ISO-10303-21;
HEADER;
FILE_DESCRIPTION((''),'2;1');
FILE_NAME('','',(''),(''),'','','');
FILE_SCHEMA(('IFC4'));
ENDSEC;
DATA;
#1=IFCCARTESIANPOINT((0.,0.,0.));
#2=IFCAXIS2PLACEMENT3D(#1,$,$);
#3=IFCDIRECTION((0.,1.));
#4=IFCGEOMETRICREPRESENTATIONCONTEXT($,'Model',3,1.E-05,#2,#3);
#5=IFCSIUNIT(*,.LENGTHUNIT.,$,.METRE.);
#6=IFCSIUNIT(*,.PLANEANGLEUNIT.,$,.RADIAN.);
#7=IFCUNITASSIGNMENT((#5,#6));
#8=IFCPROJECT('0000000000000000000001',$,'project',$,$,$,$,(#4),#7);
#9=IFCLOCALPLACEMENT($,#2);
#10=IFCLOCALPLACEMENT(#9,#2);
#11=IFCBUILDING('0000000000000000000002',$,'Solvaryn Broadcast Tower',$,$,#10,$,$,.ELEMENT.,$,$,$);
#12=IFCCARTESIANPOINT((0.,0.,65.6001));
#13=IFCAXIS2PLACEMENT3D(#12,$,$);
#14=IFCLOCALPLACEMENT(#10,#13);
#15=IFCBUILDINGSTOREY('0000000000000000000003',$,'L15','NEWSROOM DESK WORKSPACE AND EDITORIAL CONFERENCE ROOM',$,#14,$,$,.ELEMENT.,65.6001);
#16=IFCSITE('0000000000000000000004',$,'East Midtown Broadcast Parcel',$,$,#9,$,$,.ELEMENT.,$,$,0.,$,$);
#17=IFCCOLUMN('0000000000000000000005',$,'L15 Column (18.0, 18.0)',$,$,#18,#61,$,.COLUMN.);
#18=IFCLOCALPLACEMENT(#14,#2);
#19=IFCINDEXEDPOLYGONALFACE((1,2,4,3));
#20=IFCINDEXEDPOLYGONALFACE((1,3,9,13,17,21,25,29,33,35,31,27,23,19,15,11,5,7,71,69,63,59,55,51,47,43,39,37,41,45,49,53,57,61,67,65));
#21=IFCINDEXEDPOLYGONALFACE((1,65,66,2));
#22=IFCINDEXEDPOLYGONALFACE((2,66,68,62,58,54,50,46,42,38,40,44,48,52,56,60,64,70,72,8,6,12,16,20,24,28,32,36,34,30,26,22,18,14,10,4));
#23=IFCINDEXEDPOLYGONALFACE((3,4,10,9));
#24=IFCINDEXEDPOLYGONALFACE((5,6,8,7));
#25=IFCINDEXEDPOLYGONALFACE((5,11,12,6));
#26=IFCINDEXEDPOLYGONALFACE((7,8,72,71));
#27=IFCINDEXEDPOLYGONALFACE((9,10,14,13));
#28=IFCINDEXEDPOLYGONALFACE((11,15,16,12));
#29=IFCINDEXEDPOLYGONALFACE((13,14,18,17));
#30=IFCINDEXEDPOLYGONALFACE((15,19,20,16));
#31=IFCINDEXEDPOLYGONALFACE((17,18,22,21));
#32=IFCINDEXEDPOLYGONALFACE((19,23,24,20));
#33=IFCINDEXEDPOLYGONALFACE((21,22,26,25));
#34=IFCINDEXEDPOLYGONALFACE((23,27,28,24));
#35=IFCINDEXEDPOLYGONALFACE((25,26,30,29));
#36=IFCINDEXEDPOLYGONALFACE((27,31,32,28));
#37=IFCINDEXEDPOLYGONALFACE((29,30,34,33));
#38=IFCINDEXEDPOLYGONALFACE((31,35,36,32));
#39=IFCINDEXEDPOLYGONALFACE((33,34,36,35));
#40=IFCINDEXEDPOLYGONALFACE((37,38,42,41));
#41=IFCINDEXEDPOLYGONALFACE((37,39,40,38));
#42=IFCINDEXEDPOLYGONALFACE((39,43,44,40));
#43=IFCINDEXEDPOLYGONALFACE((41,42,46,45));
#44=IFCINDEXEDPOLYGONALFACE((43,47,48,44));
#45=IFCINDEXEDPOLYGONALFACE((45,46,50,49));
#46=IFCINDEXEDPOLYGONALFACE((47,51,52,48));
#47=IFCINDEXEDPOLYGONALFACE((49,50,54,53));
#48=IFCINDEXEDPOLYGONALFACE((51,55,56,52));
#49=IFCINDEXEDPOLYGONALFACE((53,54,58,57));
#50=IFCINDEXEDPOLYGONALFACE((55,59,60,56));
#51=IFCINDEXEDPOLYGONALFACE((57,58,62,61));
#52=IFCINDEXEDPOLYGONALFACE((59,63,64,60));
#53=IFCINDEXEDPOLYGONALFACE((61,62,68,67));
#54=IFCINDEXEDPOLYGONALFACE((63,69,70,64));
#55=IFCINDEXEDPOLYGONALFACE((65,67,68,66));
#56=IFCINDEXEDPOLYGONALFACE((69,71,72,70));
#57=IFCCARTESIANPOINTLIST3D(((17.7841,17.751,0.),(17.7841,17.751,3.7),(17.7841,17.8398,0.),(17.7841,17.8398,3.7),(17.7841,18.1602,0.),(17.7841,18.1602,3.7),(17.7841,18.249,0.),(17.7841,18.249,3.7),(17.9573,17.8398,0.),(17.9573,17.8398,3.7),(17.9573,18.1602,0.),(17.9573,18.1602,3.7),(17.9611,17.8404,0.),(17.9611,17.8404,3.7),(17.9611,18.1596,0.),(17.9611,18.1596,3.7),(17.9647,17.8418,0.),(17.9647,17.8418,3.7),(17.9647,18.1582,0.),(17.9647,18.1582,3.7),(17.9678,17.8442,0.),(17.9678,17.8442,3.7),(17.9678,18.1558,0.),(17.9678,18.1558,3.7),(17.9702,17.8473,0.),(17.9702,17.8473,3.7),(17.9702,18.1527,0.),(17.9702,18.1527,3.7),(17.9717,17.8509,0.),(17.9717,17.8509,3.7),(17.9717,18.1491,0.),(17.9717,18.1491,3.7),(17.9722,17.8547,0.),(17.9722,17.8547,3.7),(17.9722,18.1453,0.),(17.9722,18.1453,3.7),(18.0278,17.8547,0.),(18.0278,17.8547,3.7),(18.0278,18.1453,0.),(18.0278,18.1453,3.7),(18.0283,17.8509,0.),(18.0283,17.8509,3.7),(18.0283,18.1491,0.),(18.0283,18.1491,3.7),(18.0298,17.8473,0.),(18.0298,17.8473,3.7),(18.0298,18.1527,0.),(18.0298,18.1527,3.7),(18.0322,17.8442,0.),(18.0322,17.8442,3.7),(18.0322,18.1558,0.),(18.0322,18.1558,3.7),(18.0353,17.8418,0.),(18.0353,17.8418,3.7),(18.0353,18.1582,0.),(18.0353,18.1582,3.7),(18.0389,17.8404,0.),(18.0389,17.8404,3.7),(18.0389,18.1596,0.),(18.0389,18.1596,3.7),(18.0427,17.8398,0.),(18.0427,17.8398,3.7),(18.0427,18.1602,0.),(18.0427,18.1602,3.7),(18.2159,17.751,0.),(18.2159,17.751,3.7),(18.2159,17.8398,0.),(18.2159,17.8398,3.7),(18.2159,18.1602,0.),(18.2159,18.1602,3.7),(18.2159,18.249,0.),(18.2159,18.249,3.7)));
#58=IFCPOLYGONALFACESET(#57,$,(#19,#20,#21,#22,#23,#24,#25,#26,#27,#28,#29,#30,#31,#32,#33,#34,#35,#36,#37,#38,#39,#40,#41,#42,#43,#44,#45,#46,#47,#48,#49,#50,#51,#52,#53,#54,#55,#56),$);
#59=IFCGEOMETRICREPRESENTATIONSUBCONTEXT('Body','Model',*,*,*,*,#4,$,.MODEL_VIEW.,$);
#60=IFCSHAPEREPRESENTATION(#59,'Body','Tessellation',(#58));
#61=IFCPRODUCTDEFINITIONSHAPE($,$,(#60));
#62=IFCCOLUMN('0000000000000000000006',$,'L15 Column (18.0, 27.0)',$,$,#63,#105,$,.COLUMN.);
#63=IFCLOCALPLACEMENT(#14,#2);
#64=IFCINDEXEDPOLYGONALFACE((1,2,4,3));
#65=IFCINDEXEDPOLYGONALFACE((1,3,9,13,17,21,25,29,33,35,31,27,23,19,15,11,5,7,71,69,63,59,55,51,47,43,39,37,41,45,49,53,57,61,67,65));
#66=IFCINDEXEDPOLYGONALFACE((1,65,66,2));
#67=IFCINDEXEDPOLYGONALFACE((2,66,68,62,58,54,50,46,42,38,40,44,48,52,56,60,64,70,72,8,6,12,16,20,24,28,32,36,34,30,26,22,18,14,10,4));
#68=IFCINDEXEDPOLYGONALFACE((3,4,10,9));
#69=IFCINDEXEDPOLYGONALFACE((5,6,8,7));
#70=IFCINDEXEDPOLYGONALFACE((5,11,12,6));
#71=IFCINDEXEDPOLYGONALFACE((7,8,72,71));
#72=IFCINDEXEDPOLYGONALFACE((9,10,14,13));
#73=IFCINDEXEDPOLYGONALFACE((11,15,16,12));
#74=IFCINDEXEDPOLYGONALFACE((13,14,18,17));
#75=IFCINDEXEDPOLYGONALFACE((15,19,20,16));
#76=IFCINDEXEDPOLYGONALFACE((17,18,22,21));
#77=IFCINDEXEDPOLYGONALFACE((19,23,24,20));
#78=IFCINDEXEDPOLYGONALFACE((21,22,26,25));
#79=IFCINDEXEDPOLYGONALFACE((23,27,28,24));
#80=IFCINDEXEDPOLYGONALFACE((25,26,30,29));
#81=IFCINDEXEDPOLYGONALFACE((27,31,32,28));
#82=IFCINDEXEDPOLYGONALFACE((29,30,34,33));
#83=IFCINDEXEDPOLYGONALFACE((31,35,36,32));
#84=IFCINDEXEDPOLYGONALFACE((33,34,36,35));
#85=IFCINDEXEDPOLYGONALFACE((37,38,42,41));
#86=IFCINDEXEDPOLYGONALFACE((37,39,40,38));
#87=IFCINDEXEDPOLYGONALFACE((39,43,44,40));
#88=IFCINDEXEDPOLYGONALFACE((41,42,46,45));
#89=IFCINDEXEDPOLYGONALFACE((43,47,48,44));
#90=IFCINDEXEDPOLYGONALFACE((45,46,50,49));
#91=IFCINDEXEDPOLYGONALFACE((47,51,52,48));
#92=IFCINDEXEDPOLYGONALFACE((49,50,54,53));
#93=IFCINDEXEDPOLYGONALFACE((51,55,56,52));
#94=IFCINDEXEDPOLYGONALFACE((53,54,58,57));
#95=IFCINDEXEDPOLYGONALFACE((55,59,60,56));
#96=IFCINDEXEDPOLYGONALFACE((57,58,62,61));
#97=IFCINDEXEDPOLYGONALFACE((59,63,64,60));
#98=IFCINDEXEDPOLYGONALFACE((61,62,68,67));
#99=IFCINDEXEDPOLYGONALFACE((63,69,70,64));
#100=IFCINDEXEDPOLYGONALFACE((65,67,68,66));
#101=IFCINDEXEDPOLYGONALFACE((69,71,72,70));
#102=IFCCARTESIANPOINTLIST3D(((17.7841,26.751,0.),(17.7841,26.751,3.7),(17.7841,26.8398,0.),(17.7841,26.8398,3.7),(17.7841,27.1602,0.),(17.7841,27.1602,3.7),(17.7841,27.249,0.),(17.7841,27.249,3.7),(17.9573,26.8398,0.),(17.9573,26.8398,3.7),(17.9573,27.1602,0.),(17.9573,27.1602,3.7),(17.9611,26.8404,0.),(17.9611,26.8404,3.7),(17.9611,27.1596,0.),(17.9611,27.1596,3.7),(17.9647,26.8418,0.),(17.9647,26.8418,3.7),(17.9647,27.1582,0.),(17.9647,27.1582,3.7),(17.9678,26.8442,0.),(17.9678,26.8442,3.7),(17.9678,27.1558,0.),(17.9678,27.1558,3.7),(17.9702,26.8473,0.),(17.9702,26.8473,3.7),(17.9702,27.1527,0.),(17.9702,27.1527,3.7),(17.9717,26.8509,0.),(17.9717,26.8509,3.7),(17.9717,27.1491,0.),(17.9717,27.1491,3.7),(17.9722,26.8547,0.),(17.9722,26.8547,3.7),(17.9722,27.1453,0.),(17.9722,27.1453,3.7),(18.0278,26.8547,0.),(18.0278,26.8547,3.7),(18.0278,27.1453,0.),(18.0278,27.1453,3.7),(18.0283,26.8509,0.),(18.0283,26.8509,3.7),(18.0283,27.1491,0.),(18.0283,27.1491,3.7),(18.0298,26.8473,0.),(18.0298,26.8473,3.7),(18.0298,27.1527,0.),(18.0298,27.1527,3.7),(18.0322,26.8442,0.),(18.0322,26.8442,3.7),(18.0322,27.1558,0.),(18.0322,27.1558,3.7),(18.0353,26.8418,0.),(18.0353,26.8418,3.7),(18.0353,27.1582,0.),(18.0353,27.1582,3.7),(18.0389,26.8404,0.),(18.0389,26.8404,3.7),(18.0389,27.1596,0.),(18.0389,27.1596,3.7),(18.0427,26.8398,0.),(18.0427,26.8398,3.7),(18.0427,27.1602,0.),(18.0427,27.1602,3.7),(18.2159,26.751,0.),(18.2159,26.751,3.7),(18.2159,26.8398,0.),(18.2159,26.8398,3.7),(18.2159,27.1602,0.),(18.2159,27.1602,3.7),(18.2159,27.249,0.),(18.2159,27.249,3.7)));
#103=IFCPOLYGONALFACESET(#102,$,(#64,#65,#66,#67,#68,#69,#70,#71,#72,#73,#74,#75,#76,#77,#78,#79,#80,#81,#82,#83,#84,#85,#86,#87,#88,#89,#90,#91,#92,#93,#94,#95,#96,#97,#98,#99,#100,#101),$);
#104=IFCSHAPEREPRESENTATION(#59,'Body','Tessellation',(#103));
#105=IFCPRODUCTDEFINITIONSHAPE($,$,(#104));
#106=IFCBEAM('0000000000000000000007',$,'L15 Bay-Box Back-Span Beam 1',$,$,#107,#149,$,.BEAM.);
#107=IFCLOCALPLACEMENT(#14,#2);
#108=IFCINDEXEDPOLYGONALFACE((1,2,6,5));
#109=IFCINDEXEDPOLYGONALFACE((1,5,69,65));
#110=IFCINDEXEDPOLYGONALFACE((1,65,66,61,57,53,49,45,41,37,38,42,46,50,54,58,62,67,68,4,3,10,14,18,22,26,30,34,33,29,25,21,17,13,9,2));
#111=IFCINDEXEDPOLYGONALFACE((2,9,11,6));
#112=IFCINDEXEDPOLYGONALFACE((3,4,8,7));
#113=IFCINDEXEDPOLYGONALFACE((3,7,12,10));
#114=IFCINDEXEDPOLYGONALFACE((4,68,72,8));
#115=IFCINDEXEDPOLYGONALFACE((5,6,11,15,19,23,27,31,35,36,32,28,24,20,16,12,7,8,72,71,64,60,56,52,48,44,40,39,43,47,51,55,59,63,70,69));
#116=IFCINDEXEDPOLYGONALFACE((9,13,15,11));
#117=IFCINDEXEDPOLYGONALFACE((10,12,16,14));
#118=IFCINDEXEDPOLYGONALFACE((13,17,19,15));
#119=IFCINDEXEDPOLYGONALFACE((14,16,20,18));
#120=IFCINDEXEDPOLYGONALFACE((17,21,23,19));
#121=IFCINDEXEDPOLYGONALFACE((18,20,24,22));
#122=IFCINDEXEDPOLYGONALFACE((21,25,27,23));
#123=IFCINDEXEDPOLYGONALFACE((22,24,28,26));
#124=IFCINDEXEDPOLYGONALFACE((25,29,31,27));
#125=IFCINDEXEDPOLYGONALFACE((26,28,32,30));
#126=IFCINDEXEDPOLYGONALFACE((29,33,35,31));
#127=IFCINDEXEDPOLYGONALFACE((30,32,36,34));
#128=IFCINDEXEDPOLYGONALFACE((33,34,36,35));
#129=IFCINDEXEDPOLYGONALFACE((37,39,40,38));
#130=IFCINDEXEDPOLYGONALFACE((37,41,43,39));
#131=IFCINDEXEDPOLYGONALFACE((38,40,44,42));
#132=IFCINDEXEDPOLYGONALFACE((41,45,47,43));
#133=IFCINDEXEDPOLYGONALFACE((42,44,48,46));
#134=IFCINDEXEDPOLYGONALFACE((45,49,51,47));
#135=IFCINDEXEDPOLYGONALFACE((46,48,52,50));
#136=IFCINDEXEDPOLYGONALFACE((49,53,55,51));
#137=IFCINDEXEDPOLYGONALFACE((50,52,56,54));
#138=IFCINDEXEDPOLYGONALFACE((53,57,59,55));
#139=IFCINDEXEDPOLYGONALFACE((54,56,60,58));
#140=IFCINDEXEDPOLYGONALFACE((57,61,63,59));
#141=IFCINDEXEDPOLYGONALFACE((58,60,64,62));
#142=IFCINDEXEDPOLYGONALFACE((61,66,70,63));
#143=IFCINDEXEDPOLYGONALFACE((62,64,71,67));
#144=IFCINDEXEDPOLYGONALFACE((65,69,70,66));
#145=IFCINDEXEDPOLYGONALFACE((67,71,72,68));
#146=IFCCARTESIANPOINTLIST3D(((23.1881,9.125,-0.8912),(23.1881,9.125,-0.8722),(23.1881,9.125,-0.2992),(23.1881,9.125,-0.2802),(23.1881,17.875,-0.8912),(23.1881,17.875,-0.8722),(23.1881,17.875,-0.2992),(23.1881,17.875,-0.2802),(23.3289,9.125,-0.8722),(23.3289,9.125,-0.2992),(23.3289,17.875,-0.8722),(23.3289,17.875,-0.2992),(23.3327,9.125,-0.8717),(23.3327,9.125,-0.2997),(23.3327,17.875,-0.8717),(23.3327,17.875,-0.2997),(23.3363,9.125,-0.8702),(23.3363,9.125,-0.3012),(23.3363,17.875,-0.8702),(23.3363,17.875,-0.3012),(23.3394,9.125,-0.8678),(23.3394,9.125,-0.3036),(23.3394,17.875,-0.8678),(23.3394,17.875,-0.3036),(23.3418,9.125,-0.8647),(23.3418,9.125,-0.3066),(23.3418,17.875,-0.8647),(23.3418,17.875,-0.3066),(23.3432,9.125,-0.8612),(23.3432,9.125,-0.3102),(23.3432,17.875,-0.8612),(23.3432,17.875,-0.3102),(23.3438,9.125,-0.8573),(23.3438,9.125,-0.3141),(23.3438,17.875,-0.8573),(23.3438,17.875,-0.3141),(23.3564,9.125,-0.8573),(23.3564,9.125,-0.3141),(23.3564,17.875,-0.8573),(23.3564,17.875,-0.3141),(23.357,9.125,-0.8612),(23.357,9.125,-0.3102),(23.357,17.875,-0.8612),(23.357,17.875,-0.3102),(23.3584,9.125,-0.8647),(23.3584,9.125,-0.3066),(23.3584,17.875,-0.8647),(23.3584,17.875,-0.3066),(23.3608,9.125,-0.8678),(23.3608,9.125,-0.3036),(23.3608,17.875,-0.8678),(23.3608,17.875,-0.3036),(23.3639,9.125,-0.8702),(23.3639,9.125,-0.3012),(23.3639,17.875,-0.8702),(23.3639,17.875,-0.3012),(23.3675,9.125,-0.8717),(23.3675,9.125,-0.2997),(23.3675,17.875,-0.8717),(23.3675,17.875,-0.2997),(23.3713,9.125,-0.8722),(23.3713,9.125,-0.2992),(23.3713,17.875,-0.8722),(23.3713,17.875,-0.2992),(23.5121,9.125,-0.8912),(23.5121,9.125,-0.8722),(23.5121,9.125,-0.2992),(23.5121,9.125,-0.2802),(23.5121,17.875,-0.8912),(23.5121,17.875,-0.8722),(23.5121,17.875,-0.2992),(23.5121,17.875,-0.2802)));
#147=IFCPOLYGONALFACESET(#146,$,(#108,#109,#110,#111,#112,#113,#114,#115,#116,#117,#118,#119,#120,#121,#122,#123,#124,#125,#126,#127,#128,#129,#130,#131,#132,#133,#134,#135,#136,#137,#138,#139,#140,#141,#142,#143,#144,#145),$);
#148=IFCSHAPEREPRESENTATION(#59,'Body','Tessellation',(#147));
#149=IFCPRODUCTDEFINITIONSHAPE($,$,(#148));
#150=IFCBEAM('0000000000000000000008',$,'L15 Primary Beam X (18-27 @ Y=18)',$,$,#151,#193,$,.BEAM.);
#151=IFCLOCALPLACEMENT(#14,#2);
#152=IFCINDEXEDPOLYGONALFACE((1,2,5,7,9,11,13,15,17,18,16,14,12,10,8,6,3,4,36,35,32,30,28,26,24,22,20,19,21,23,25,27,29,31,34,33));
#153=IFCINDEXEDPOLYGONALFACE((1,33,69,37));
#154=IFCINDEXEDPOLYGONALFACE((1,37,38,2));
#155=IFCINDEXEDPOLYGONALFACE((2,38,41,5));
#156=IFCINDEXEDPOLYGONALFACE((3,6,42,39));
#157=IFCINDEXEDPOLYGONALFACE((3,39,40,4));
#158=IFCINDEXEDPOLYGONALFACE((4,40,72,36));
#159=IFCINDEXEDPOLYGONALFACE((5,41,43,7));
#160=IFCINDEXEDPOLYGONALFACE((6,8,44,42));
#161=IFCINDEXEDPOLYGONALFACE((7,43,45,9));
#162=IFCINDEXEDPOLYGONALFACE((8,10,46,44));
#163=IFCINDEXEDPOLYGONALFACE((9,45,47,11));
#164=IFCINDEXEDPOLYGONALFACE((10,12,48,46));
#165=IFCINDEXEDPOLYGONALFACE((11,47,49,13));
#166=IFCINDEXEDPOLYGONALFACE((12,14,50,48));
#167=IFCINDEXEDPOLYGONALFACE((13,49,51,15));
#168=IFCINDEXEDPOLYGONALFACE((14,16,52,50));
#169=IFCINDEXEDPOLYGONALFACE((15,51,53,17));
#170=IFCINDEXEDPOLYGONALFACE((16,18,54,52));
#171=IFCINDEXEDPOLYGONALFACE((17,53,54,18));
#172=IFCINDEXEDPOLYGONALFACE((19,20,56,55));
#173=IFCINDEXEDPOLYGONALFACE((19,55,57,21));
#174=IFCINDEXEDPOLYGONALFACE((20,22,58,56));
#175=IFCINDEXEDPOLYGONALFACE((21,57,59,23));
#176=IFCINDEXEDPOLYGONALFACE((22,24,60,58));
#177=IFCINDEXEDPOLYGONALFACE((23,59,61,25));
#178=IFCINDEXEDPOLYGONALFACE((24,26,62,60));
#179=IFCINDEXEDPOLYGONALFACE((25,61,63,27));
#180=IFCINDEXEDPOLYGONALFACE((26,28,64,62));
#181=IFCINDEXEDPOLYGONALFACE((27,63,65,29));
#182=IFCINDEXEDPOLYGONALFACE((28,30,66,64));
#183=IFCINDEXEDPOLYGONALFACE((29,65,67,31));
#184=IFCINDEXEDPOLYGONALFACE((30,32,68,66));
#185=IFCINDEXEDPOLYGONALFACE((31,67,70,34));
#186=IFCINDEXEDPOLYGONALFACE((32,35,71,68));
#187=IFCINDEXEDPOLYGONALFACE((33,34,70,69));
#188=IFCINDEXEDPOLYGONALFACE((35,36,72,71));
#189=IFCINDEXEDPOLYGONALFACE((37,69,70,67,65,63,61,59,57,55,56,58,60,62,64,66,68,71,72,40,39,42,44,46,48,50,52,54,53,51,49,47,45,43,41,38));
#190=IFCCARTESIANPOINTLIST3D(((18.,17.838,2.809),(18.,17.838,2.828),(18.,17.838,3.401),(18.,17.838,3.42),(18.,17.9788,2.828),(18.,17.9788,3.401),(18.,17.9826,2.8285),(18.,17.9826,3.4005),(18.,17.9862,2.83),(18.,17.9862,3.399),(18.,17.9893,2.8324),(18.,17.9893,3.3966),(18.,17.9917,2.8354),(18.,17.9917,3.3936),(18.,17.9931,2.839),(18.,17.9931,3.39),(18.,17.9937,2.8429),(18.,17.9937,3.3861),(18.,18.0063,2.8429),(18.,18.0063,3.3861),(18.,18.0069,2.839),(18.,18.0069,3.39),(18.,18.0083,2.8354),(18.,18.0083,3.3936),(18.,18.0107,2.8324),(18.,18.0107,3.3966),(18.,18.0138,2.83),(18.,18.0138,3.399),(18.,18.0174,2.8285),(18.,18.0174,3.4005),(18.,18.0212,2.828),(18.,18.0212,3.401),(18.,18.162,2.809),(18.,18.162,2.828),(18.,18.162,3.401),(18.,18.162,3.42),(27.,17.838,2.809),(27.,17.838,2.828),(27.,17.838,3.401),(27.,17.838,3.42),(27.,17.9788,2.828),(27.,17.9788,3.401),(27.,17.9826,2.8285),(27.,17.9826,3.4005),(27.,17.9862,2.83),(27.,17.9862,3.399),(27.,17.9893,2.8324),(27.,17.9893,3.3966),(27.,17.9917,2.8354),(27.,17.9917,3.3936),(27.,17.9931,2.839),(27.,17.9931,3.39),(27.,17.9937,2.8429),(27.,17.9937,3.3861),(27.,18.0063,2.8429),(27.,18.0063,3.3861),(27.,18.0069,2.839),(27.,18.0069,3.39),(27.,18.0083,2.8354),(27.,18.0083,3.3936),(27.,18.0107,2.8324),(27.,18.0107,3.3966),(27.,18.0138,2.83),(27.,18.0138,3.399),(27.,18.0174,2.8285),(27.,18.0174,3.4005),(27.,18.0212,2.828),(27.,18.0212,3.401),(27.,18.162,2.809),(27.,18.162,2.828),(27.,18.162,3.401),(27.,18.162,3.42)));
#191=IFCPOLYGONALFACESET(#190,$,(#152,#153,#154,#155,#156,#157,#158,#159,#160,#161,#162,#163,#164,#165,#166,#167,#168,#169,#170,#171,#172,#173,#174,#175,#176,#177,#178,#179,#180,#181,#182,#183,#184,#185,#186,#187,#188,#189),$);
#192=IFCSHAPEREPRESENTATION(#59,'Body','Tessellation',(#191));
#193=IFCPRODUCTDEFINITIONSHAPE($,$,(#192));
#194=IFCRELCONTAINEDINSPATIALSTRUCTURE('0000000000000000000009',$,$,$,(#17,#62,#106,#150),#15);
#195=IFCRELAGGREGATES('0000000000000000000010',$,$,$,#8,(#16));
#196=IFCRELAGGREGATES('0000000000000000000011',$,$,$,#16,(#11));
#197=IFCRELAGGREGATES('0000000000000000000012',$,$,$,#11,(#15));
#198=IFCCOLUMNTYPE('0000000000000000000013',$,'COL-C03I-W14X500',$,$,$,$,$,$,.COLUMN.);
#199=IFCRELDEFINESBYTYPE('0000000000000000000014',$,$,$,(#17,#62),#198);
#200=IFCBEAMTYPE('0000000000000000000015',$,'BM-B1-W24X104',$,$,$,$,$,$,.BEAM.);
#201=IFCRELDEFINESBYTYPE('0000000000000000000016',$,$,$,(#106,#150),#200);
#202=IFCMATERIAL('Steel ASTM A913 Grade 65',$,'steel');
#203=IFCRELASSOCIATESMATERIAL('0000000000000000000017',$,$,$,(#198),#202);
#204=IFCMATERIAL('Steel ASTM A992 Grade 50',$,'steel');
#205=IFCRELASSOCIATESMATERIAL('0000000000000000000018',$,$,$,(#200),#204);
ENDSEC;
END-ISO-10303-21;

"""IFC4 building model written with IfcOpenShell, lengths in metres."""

from ifc_helpers import new_model, si_unit, direction, frame, origin, origin_2d, place, context, subcontext, project, spatial, i_section, extrude, material, material_profile, profile_set, type_object, element, save


model = new_model("IFC4")

# Units and contexts
model_context = context("Model", 3, precision=1e-05, world=origin(), true_north=direction((0.0, 1.0)))
body_context = subcontext(model_context, "Body", "Model", "MODEL_VIEW")
ifc_project = project(units=[si_unit("LENGTHUNIT", "METRE"), si_unit("PLANEANGLEUNIT", "RADIAN")], contexts=[model_context])

# Site, building, storey
site_placement = place(None, origin())
site = spatial("IfcSite", under=ifc_project, at=site_placement, Name="East Midtown Broadcast Parcel", CompositionType="ELEMENT", RefElevation=0.0)
building_placement = place(site_placement, origin())
building = spatial("IfcBuilding", under=site, at=building_placement, Name="Solvaryn Broadcast Tower", CompositionType="ELEMENT")
storey_placement = place(building_placement, frame((0.0, 0.0, 65.6001)))
storey = spatial("IfcBuildingStorey", under=building, at=storey_placement, Name="L15", Description="NEWSROOM DESK WORKSPACE AND EDITORIAL CONFERENCE ROOM", CompositionType="ELEMENT", Elevation=65.6001)

# Columns
ifc_material_1 = material(Name="Steel ASTM A913 Grade 65", Category="steel")
ifc_material_profile_1 = material_profile(ifc_material_1, i_section(OverallWidth=0.4319, OverallDepth=0.498, WebThickness=0.0557, FlangeThickness=0.0889, FilletRadius=0.0149, at=origin_2d()))
ifc_profile_set_1 = profile_set([ifc_material_profile_1], Name="Steel ASTM A913 Grade 65")
column_type = type_object("IfcColumnType", Name="COL-C03I-W14X500", PredefinedType="COLUMN", material=ifc_profile_set_1)
for number, where, z_axis, x_axis, name in (
    (1, (18.0, 18.0, 0.0), (0.0, 0.0, 1.0), (1.0, 0.0, 0.0), "L15 Column (18.0, 18.0)"),
    (2, (18.0, 27.0, 0.0), (0.0, 0.0, 1.0), (1.0, 0.0, 0.0), "L15 Column (18.0, 27.0)"),
):
    element("IfcColumn", number, at=place(storey_placement, frame(where, z_axis=z_axis, x_axis=x_axis)), inside=storey, type_object=column_type, Name=name, PredefinedType="COLUMN", context=body_context, shape_type="SweptSolid", body=[
        extrude(i_section(OverallWidth=0.4319, OverallDepth=0.498, WebThickness=0.0557, FlangeThickness=0.0889, FilletRadius=0.0149, at=origin_2d()), origin(), (0.0, 0.0, 1.0), 3.7),
    ])

# Beams
ifc_material_2 = material(Name="Steel ASTM A992 Grade 50", Category="steel")
ifc_material_profile_2 = material_profile(ifc_material_2, i_section(OverallWidth=0.324, OverallDepth=0.6111, WebThickness=0.0127, FlangeThickness=0.019, FilletRadius=0.0149, at=origin_2d()))
ifc_profile_set_2 = profile_set([ifc_material_profile_2], Name="Steel ASTM A992 Grade 50")
beam_type_1 = type_object("IfcBeamType", Name="BM-B1-W24X104", PredefinedType="BEAM", material=ifc_profile_set_2)
beam_1_placement = place(storey_placement, frame((23.3501, 17.875, -0.5857), z_axis=(0.0, -1.0, 0.0), x_axis=(1.0, 0.0, 0.0)))
element("IfcBeam", 3, at=beam_1_placement, inside=storey, type_object=beam_type_1, Name="L15 Bay-Box Back-Span Beam 1", PredefinedType="BEAM", context=body_context, shape_type="SweptSolid", body=[
    extrude(i_section(OverallWidth=0.324, OverallDepth=0.6111, WebThickness=0.0127, FlangeThickness=0.019, FilletRadius=0.0149, at=origin_2d()), origin(), (0.0, 0.0, 1.0), 8.75),
])
for number, where, z_axis, x_axis, name in (
    (4, (18.0, 18.0, 3.1145), (1.0, 0.0, 0.0), (0.0, 1.0, 0.0), "L15 Primary Beam X (18-27 @ Y=18)"),
):
    element("IfcBeam", number, at=place(storey_placement, frame(where, z_axis=z_axis, x_axis=x_axis)), inside=storey, type_object=beam_type_1, Name=name, PredefinedType="BEAM", context=body_context, shape_type="SweptSolid", body=[
        extrude(i_section(OverallWidth=0.324, OverallDepth=0.6111, WebThickness=0.0127, FlangeThickness=0.019, FilletRadius=0.0149, at=origin_2d()), origin(), (0.0, 0.0, 1.0), 9.0),
    ])

save(model, "model.ifc")
